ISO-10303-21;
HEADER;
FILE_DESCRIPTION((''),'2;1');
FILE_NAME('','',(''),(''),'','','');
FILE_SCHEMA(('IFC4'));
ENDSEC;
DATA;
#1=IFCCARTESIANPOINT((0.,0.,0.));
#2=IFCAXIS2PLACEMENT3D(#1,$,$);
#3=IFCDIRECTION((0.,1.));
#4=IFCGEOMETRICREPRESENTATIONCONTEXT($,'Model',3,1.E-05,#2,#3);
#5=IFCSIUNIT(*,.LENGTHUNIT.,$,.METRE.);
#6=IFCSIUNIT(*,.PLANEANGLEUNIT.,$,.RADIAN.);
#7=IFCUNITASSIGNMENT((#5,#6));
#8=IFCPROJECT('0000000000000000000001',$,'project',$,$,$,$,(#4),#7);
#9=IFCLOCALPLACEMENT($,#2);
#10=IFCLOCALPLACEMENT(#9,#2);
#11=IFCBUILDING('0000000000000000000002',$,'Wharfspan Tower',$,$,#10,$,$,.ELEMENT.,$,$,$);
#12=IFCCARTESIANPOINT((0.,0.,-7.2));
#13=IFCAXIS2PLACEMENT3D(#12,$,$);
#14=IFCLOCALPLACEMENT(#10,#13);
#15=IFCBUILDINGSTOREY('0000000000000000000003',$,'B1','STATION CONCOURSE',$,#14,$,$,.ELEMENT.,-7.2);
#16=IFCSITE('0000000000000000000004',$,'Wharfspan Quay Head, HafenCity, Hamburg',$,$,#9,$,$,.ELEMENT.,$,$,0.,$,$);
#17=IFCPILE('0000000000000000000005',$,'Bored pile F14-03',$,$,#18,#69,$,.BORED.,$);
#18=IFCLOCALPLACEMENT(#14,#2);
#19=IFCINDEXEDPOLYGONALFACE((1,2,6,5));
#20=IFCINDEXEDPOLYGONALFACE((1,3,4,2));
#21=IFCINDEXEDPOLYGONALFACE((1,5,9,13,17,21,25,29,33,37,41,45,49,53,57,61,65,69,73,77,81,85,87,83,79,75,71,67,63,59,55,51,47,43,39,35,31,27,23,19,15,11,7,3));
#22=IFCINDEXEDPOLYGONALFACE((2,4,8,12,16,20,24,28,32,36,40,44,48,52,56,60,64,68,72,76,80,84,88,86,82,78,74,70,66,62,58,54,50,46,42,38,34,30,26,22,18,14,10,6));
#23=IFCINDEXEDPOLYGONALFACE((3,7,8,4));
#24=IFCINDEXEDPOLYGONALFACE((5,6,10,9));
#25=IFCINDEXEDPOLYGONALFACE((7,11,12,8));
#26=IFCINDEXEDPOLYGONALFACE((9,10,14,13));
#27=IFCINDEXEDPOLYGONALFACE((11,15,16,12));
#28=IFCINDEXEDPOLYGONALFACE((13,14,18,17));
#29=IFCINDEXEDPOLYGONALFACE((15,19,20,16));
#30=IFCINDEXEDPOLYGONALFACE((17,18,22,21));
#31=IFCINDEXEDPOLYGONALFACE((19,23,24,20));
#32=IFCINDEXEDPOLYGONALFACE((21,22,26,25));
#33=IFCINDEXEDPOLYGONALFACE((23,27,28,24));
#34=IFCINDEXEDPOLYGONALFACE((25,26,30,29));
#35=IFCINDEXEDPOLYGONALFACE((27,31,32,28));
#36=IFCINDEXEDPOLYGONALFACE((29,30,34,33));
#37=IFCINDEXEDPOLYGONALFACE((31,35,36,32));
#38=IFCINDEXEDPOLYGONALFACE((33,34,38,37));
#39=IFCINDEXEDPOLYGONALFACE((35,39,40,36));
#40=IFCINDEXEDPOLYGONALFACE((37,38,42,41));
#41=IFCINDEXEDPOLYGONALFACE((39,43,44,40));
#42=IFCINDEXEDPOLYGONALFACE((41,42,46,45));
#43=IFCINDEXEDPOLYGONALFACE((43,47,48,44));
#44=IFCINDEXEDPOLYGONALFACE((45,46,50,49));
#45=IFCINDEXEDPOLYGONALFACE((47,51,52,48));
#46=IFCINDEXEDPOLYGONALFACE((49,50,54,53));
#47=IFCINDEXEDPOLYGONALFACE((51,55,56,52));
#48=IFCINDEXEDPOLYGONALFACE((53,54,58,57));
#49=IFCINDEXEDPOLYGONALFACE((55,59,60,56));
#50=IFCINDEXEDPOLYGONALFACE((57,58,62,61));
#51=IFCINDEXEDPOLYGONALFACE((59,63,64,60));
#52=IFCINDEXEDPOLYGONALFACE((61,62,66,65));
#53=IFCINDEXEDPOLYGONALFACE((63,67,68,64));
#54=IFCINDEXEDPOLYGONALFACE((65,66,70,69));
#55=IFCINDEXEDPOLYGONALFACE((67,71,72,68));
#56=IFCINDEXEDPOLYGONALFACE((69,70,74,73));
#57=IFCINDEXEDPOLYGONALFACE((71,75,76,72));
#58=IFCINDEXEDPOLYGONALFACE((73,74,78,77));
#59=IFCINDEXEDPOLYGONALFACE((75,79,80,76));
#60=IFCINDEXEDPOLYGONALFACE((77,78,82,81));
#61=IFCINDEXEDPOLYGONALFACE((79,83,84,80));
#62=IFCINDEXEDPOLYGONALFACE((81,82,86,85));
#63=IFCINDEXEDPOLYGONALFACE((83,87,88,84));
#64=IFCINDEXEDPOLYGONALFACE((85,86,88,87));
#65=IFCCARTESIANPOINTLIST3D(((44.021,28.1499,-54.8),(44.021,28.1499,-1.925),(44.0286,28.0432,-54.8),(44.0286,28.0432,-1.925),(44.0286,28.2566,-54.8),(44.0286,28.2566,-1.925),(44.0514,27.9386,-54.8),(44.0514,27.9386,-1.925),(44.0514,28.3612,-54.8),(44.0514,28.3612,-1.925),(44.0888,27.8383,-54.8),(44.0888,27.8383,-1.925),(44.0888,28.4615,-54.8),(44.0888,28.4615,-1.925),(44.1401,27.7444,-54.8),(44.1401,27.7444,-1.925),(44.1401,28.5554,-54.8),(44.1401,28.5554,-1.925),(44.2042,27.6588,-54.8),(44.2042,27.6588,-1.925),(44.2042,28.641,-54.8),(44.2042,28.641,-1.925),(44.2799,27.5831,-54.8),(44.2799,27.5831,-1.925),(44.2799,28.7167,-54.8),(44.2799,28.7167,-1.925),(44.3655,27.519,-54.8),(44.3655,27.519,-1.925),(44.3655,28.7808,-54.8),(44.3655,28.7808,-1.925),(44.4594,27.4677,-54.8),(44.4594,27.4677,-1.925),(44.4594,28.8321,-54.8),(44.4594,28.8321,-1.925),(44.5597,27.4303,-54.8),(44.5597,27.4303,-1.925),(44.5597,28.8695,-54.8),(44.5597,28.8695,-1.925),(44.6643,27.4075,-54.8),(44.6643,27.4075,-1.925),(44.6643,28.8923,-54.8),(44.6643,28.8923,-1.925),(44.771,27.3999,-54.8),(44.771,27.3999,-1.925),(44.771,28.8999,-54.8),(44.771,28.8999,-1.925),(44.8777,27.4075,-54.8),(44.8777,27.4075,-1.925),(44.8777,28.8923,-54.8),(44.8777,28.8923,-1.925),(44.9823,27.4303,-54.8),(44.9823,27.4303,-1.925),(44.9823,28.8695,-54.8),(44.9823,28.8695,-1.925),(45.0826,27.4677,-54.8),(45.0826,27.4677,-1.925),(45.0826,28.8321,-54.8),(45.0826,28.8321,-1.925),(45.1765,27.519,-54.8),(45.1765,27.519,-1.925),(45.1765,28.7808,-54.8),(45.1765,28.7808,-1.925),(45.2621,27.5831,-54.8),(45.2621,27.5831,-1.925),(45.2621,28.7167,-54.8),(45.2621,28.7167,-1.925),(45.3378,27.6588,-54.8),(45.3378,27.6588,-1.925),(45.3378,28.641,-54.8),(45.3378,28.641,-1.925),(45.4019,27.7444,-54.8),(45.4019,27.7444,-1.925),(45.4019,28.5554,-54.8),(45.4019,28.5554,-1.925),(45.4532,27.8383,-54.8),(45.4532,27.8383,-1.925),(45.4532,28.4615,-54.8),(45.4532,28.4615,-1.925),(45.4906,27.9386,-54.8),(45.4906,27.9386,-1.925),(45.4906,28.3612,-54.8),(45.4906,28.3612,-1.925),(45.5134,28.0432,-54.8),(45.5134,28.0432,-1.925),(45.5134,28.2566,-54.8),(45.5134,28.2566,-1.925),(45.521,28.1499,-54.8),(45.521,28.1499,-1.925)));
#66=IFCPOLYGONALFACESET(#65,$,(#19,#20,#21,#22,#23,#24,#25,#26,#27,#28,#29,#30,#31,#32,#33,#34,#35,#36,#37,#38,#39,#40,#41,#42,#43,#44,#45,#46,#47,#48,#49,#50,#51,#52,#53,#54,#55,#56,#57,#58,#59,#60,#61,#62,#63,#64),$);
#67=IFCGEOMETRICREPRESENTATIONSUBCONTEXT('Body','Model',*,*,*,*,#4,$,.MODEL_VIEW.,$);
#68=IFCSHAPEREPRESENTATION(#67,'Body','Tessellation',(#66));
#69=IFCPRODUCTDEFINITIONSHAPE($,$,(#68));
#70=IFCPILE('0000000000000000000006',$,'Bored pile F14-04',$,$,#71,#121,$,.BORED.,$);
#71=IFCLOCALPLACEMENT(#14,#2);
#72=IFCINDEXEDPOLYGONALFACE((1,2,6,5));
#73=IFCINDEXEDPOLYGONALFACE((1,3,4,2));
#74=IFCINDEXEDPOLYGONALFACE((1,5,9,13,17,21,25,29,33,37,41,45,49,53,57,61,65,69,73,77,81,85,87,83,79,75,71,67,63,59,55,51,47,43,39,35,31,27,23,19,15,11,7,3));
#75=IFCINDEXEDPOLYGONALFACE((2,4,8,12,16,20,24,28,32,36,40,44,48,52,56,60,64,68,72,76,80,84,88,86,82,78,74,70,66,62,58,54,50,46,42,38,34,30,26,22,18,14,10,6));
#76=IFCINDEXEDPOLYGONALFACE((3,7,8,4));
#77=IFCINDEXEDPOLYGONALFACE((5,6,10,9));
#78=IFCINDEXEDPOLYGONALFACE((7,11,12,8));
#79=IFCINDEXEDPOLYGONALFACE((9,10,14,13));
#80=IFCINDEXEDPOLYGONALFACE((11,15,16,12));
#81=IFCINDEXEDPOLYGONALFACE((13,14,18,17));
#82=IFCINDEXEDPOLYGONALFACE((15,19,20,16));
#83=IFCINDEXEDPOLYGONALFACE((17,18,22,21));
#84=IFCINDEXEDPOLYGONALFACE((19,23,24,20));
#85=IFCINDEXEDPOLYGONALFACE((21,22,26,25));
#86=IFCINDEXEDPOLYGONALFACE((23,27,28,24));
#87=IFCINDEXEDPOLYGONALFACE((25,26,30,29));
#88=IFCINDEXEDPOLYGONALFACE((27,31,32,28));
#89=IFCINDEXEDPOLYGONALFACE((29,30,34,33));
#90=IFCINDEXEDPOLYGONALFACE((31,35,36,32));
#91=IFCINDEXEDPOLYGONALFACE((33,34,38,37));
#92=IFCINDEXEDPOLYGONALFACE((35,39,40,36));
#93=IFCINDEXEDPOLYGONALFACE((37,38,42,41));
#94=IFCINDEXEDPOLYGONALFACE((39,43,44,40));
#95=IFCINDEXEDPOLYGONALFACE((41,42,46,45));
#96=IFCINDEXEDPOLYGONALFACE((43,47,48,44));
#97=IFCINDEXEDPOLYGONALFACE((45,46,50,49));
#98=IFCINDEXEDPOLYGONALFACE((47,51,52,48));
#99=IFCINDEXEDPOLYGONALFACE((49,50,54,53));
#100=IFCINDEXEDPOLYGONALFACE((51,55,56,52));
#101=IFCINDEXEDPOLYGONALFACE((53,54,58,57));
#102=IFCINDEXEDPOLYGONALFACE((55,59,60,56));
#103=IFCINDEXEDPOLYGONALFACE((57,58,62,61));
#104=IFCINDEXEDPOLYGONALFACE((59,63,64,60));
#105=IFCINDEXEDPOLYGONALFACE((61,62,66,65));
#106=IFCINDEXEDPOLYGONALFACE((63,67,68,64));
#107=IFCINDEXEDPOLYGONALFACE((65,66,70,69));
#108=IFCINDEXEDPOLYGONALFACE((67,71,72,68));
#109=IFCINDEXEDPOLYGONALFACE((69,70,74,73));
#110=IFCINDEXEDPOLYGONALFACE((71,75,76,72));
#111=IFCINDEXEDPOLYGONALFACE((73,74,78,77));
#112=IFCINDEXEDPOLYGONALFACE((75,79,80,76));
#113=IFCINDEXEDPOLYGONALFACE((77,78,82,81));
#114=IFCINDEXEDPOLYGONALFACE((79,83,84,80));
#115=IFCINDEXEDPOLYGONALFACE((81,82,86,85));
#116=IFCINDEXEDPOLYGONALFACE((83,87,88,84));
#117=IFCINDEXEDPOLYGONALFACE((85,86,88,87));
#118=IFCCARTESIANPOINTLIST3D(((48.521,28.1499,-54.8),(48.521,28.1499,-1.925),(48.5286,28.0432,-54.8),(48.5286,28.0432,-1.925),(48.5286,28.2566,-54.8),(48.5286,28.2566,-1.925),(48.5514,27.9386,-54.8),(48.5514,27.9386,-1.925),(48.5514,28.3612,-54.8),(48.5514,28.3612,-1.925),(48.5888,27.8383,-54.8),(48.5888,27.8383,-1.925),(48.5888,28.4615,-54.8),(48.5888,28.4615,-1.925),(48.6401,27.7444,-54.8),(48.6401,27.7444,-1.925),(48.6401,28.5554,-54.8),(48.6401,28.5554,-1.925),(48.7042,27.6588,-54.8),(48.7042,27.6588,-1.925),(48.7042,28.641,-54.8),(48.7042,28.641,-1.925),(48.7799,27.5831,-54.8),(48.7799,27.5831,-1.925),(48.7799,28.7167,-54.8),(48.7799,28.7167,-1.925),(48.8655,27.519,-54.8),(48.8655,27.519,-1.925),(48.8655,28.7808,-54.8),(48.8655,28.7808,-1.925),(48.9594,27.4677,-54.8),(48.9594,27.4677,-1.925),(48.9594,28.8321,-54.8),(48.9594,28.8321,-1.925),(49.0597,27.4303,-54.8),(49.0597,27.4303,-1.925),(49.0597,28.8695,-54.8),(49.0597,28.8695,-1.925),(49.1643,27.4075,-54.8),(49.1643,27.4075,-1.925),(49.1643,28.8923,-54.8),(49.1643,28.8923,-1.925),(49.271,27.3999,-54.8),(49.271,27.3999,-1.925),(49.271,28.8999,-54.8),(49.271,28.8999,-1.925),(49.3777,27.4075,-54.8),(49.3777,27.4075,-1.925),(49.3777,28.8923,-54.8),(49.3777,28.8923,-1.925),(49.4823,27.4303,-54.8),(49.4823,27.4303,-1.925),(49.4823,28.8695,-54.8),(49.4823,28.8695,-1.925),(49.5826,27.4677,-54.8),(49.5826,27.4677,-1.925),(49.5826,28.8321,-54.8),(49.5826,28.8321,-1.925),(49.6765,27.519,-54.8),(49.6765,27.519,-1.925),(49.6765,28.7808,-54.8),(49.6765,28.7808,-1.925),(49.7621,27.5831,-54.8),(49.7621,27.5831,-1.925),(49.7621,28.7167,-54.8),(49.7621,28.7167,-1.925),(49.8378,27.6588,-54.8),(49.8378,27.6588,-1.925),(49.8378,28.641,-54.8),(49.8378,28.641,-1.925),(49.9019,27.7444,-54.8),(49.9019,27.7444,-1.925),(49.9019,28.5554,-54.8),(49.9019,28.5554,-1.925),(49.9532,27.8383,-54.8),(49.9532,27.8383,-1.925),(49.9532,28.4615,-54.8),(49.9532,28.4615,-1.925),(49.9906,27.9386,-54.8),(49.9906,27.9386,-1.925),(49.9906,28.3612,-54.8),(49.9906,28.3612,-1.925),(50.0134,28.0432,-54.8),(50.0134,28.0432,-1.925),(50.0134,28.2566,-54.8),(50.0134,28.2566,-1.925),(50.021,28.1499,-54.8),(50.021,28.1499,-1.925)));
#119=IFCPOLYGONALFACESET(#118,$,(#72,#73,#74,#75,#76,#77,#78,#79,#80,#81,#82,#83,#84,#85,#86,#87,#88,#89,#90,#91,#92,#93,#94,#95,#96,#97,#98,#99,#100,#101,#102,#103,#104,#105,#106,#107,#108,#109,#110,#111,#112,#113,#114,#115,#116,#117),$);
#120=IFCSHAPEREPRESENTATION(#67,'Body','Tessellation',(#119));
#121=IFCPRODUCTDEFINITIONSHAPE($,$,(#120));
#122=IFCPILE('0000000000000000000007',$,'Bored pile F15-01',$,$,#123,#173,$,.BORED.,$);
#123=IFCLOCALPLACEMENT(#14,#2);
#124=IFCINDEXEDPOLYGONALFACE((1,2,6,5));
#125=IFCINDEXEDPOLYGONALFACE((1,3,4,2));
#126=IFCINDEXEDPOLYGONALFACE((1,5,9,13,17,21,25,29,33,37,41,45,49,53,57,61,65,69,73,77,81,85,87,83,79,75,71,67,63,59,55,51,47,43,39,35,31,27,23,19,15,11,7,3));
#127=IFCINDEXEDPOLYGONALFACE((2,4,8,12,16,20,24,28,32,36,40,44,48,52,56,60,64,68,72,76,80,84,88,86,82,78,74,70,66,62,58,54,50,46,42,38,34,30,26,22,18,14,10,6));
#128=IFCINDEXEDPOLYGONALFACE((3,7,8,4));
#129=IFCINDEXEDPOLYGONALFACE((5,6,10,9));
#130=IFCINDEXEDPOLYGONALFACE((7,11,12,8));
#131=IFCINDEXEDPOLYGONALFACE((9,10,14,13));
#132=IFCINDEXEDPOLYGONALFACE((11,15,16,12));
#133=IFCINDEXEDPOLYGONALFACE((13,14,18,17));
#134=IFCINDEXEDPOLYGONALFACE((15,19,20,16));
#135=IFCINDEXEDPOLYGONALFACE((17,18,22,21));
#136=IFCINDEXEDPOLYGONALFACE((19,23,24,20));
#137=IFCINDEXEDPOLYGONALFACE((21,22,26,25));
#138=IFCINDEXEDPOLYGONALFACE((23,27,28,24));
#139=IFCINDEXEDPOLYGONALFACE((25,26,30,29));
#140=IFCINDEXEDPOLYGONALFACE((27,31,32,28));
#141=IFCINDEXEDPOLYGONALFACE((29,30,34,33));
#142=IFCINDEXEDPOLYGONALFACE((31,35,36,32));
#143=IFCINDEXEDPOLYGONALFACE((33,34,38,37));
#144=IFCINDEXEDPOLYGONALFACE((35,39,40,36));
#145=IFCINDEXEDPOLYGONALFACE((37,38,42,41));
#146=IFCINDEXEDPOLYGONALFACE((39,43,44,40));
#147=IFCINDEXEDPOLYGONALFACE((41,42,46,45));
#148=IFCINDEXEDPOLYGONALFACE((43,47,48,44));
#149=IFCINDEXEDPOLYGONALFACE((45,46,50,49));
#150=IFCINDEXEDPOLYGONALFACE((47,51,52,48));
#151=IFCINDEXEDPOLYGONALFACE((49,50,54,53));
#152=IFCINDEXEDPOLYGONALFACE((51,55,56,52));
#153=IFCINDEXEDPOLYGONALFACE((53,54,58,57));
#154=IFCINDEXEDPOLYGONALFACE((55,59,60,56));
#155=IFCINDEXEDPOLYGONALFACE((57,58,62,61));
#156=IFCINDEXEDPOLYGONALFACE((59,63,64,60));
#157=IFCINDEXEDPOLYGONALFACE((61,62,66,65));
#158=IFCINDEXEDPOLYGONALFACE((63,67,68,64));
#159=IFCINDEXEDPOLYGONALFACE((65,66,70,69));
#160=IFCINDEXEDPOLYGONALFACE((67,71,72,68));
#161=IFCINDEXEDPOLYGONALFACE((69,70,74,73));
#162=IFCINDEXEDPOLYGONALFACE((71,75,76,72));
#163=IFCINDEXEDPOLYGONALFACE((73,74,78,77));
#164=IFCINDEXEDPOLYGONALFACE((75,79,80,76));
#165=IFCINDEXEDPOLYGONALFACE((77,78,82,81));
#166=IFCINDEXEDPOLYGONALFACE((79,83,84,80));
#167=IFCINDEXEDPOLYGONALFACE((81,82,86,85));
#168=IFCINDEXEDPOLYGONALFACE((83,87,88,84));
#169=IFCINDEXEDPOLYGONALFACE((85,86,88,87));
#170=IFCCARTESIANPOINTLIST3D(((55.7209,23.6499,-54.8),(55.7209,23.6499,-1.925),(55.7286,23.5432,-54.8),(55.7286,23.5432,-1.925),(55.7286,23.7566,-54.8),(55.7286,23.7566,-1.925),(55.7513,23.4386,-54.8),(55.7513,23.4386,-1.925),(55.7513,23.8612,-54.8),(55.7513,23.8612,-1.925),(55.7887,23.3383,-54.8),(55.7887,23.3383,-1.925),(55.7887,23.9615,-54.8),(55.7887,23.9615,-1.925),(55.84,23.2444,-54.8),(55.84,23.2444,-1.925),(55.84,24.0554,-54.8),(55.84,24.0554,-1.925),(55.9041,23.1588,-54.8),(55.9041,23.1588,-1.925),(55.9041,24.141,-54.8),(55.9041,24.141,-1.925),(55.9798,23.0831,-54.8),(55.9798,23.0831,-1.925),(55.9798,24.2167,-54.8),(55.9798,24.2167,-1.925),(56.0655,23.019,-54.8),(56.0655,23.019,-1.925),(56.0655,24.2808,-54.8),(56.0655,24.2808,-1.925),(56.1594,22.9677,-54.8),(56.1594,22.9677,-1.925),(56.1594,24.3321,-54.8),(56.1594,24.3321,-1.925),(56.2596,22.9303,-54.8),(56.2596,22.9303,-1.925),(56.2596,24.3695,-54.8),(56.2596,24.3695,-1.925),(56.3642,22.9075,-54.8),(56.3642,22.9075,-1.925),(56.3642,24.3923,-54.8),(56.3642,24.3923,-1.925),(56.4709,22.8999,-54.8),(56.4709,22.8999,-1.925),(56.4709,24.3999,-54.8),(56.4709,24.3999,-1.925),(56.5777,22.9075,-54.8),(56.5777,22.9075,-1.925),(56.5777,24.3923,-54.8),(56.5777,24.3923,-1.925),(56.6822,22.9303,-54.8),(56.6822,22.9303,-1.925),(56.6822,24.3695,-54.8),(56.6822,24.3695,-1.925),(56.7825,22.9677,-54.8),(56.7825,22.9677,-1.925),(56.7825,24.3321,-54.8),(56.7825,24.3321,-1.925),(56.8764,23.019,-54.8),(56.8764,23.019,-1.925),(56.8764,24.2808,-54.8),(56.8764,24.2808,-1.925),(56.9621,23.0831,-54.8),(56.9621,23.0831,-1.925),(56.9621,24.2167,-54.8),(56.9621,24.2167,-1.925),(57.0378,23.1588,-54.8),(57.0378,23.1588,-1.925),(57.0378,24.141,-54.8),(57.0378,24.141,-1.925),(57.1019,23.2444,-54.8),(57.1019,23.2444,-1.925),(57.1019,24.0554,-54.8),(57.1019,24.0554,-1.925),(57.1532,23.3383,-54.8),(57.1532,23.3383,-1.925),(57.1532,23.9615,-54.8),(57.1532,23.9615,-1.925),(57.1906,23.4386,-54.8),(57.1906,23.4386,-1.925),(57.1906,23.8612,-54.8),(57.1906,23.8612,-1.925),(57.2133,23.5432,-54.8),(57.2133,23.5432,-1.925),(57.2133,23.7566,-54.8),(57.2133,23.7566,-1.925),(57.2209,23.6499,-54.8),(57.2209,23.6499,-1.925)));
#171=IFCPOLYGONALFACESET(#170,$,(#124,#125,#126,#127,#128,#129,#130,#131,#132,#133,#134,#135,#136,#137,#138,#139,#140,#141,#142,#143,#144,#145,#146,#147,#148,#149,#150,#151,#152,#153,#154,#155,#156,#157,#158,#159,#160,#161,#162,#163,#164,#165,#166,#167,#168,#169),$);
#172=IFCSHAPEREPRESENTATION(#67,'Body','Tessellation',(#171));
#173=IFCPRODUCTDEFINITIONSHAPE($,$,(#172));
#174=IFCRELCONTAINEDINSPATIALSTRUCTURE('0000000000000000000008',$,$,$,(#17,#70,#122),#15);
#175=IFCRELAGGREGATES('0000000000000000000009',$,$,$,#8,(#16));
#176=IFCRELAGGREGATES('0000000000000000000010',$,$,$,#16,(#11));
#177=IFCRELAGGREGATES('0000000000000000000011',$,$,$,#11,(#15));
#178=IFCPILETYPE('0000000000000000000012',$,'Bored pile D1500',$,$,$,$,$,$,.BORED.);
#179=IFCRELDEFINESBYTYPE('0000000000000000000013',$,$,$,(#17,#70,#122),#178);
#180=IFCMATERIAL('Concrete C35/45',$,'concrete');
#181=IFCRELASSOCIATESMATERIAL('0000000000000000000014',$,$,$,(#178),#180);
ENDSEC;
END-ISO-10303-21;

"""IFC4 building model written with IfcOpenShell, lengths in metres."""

from ifc_helpers import new_model, si_unit, direction, frame, origin, origin_2d, place, context, subcontext, project, spatial, circle, extrude, material, material_profile, profile_set, type_object, element, save


model = new_model("IFC4")

# Units and contexts
model_context = context("Model", 3, precision=1e-05, world=origin(), true_north=direction((0.0, 1.0)))
body_context = subcontext(model_context, "Body", "Model", "MODEL_VIEW")
ifc_project = project(units=[si_unit("LENGTHUNIT", "METRE"), si_unit("PLANEANGLEUNIT", "RADIAN")], contexts=[model_context])

# Site, building, storey
site_placement = place(None, origin())
site = spatial("IfcSite", under=ifc_project, at=site_placement, Name="Wharfspan Quay Head, HafenCity, Hamburg", CompositionType="ELEMENT", RefElevation=0.0)
building_placement = place(site_placement, origin())
building = spatial("IfcBuilding", under=site, at=building_placement, Name="Wharfspan Tower", CompositionType="ELEMENT")
storey_placement = place(building_placement, frame((0.0, 0.0, -7.2)))
storey = spatial("IfcBuildingStorey", under=building, at=storey_placement, Name="B1", Description="STATION CONCOURSE", CompositionType="ELEMENT", Elevation=-7.2)

# Piles
ifc_material_1 = material(Name="Concrete C35/45", Category="concrete")
ifc_material_profile_1 = material_profile(ifc_material_1, circle(Radius=0.75, at=origin_2d()))
ifc_profile_set_1 = profile_set([ifc_material_profile_1], Name="Concrete C35/45")
pile_type = type_object("IfcPileType", Name="Bored pile D1500", PredefinedType="BORED", material=ifc_profile_set_1)
for number, where, z_axis, x_axis, name in (
    (1, (44.771, 28.1499, -1.925), (0.0, 0.0, -1.0), (1.0, 0.0, 0.0), "Bored pile F14-03"),
    (2, (49.271, 28.1499, -1.925), (0.0, 0.0, -1.0), (1.0, 0.0, 0.0), "Bored pile F14-04"),
    (3, (56.4709, 23.6499, -1.925), (0.0, 0.0, -1.0), (1.0, 0.0, 0.0), "Bored pile F15-01"),
):
    element("IfcPile", number, at=place(storey_placement, frame(where, z_axis=z_axis, x_axis=x_axis)), inside=storey, type_object=pile_type, Name=name, PredefinedType="BORED", context=body_context, shape_type="SweptSolid", body=[
        extrude(circle(Radius=0.75, at=origin_2d()), origin(), (0.0, 0.0, 1.0), 52.875),
    ])

save(model, "model.ifc")
